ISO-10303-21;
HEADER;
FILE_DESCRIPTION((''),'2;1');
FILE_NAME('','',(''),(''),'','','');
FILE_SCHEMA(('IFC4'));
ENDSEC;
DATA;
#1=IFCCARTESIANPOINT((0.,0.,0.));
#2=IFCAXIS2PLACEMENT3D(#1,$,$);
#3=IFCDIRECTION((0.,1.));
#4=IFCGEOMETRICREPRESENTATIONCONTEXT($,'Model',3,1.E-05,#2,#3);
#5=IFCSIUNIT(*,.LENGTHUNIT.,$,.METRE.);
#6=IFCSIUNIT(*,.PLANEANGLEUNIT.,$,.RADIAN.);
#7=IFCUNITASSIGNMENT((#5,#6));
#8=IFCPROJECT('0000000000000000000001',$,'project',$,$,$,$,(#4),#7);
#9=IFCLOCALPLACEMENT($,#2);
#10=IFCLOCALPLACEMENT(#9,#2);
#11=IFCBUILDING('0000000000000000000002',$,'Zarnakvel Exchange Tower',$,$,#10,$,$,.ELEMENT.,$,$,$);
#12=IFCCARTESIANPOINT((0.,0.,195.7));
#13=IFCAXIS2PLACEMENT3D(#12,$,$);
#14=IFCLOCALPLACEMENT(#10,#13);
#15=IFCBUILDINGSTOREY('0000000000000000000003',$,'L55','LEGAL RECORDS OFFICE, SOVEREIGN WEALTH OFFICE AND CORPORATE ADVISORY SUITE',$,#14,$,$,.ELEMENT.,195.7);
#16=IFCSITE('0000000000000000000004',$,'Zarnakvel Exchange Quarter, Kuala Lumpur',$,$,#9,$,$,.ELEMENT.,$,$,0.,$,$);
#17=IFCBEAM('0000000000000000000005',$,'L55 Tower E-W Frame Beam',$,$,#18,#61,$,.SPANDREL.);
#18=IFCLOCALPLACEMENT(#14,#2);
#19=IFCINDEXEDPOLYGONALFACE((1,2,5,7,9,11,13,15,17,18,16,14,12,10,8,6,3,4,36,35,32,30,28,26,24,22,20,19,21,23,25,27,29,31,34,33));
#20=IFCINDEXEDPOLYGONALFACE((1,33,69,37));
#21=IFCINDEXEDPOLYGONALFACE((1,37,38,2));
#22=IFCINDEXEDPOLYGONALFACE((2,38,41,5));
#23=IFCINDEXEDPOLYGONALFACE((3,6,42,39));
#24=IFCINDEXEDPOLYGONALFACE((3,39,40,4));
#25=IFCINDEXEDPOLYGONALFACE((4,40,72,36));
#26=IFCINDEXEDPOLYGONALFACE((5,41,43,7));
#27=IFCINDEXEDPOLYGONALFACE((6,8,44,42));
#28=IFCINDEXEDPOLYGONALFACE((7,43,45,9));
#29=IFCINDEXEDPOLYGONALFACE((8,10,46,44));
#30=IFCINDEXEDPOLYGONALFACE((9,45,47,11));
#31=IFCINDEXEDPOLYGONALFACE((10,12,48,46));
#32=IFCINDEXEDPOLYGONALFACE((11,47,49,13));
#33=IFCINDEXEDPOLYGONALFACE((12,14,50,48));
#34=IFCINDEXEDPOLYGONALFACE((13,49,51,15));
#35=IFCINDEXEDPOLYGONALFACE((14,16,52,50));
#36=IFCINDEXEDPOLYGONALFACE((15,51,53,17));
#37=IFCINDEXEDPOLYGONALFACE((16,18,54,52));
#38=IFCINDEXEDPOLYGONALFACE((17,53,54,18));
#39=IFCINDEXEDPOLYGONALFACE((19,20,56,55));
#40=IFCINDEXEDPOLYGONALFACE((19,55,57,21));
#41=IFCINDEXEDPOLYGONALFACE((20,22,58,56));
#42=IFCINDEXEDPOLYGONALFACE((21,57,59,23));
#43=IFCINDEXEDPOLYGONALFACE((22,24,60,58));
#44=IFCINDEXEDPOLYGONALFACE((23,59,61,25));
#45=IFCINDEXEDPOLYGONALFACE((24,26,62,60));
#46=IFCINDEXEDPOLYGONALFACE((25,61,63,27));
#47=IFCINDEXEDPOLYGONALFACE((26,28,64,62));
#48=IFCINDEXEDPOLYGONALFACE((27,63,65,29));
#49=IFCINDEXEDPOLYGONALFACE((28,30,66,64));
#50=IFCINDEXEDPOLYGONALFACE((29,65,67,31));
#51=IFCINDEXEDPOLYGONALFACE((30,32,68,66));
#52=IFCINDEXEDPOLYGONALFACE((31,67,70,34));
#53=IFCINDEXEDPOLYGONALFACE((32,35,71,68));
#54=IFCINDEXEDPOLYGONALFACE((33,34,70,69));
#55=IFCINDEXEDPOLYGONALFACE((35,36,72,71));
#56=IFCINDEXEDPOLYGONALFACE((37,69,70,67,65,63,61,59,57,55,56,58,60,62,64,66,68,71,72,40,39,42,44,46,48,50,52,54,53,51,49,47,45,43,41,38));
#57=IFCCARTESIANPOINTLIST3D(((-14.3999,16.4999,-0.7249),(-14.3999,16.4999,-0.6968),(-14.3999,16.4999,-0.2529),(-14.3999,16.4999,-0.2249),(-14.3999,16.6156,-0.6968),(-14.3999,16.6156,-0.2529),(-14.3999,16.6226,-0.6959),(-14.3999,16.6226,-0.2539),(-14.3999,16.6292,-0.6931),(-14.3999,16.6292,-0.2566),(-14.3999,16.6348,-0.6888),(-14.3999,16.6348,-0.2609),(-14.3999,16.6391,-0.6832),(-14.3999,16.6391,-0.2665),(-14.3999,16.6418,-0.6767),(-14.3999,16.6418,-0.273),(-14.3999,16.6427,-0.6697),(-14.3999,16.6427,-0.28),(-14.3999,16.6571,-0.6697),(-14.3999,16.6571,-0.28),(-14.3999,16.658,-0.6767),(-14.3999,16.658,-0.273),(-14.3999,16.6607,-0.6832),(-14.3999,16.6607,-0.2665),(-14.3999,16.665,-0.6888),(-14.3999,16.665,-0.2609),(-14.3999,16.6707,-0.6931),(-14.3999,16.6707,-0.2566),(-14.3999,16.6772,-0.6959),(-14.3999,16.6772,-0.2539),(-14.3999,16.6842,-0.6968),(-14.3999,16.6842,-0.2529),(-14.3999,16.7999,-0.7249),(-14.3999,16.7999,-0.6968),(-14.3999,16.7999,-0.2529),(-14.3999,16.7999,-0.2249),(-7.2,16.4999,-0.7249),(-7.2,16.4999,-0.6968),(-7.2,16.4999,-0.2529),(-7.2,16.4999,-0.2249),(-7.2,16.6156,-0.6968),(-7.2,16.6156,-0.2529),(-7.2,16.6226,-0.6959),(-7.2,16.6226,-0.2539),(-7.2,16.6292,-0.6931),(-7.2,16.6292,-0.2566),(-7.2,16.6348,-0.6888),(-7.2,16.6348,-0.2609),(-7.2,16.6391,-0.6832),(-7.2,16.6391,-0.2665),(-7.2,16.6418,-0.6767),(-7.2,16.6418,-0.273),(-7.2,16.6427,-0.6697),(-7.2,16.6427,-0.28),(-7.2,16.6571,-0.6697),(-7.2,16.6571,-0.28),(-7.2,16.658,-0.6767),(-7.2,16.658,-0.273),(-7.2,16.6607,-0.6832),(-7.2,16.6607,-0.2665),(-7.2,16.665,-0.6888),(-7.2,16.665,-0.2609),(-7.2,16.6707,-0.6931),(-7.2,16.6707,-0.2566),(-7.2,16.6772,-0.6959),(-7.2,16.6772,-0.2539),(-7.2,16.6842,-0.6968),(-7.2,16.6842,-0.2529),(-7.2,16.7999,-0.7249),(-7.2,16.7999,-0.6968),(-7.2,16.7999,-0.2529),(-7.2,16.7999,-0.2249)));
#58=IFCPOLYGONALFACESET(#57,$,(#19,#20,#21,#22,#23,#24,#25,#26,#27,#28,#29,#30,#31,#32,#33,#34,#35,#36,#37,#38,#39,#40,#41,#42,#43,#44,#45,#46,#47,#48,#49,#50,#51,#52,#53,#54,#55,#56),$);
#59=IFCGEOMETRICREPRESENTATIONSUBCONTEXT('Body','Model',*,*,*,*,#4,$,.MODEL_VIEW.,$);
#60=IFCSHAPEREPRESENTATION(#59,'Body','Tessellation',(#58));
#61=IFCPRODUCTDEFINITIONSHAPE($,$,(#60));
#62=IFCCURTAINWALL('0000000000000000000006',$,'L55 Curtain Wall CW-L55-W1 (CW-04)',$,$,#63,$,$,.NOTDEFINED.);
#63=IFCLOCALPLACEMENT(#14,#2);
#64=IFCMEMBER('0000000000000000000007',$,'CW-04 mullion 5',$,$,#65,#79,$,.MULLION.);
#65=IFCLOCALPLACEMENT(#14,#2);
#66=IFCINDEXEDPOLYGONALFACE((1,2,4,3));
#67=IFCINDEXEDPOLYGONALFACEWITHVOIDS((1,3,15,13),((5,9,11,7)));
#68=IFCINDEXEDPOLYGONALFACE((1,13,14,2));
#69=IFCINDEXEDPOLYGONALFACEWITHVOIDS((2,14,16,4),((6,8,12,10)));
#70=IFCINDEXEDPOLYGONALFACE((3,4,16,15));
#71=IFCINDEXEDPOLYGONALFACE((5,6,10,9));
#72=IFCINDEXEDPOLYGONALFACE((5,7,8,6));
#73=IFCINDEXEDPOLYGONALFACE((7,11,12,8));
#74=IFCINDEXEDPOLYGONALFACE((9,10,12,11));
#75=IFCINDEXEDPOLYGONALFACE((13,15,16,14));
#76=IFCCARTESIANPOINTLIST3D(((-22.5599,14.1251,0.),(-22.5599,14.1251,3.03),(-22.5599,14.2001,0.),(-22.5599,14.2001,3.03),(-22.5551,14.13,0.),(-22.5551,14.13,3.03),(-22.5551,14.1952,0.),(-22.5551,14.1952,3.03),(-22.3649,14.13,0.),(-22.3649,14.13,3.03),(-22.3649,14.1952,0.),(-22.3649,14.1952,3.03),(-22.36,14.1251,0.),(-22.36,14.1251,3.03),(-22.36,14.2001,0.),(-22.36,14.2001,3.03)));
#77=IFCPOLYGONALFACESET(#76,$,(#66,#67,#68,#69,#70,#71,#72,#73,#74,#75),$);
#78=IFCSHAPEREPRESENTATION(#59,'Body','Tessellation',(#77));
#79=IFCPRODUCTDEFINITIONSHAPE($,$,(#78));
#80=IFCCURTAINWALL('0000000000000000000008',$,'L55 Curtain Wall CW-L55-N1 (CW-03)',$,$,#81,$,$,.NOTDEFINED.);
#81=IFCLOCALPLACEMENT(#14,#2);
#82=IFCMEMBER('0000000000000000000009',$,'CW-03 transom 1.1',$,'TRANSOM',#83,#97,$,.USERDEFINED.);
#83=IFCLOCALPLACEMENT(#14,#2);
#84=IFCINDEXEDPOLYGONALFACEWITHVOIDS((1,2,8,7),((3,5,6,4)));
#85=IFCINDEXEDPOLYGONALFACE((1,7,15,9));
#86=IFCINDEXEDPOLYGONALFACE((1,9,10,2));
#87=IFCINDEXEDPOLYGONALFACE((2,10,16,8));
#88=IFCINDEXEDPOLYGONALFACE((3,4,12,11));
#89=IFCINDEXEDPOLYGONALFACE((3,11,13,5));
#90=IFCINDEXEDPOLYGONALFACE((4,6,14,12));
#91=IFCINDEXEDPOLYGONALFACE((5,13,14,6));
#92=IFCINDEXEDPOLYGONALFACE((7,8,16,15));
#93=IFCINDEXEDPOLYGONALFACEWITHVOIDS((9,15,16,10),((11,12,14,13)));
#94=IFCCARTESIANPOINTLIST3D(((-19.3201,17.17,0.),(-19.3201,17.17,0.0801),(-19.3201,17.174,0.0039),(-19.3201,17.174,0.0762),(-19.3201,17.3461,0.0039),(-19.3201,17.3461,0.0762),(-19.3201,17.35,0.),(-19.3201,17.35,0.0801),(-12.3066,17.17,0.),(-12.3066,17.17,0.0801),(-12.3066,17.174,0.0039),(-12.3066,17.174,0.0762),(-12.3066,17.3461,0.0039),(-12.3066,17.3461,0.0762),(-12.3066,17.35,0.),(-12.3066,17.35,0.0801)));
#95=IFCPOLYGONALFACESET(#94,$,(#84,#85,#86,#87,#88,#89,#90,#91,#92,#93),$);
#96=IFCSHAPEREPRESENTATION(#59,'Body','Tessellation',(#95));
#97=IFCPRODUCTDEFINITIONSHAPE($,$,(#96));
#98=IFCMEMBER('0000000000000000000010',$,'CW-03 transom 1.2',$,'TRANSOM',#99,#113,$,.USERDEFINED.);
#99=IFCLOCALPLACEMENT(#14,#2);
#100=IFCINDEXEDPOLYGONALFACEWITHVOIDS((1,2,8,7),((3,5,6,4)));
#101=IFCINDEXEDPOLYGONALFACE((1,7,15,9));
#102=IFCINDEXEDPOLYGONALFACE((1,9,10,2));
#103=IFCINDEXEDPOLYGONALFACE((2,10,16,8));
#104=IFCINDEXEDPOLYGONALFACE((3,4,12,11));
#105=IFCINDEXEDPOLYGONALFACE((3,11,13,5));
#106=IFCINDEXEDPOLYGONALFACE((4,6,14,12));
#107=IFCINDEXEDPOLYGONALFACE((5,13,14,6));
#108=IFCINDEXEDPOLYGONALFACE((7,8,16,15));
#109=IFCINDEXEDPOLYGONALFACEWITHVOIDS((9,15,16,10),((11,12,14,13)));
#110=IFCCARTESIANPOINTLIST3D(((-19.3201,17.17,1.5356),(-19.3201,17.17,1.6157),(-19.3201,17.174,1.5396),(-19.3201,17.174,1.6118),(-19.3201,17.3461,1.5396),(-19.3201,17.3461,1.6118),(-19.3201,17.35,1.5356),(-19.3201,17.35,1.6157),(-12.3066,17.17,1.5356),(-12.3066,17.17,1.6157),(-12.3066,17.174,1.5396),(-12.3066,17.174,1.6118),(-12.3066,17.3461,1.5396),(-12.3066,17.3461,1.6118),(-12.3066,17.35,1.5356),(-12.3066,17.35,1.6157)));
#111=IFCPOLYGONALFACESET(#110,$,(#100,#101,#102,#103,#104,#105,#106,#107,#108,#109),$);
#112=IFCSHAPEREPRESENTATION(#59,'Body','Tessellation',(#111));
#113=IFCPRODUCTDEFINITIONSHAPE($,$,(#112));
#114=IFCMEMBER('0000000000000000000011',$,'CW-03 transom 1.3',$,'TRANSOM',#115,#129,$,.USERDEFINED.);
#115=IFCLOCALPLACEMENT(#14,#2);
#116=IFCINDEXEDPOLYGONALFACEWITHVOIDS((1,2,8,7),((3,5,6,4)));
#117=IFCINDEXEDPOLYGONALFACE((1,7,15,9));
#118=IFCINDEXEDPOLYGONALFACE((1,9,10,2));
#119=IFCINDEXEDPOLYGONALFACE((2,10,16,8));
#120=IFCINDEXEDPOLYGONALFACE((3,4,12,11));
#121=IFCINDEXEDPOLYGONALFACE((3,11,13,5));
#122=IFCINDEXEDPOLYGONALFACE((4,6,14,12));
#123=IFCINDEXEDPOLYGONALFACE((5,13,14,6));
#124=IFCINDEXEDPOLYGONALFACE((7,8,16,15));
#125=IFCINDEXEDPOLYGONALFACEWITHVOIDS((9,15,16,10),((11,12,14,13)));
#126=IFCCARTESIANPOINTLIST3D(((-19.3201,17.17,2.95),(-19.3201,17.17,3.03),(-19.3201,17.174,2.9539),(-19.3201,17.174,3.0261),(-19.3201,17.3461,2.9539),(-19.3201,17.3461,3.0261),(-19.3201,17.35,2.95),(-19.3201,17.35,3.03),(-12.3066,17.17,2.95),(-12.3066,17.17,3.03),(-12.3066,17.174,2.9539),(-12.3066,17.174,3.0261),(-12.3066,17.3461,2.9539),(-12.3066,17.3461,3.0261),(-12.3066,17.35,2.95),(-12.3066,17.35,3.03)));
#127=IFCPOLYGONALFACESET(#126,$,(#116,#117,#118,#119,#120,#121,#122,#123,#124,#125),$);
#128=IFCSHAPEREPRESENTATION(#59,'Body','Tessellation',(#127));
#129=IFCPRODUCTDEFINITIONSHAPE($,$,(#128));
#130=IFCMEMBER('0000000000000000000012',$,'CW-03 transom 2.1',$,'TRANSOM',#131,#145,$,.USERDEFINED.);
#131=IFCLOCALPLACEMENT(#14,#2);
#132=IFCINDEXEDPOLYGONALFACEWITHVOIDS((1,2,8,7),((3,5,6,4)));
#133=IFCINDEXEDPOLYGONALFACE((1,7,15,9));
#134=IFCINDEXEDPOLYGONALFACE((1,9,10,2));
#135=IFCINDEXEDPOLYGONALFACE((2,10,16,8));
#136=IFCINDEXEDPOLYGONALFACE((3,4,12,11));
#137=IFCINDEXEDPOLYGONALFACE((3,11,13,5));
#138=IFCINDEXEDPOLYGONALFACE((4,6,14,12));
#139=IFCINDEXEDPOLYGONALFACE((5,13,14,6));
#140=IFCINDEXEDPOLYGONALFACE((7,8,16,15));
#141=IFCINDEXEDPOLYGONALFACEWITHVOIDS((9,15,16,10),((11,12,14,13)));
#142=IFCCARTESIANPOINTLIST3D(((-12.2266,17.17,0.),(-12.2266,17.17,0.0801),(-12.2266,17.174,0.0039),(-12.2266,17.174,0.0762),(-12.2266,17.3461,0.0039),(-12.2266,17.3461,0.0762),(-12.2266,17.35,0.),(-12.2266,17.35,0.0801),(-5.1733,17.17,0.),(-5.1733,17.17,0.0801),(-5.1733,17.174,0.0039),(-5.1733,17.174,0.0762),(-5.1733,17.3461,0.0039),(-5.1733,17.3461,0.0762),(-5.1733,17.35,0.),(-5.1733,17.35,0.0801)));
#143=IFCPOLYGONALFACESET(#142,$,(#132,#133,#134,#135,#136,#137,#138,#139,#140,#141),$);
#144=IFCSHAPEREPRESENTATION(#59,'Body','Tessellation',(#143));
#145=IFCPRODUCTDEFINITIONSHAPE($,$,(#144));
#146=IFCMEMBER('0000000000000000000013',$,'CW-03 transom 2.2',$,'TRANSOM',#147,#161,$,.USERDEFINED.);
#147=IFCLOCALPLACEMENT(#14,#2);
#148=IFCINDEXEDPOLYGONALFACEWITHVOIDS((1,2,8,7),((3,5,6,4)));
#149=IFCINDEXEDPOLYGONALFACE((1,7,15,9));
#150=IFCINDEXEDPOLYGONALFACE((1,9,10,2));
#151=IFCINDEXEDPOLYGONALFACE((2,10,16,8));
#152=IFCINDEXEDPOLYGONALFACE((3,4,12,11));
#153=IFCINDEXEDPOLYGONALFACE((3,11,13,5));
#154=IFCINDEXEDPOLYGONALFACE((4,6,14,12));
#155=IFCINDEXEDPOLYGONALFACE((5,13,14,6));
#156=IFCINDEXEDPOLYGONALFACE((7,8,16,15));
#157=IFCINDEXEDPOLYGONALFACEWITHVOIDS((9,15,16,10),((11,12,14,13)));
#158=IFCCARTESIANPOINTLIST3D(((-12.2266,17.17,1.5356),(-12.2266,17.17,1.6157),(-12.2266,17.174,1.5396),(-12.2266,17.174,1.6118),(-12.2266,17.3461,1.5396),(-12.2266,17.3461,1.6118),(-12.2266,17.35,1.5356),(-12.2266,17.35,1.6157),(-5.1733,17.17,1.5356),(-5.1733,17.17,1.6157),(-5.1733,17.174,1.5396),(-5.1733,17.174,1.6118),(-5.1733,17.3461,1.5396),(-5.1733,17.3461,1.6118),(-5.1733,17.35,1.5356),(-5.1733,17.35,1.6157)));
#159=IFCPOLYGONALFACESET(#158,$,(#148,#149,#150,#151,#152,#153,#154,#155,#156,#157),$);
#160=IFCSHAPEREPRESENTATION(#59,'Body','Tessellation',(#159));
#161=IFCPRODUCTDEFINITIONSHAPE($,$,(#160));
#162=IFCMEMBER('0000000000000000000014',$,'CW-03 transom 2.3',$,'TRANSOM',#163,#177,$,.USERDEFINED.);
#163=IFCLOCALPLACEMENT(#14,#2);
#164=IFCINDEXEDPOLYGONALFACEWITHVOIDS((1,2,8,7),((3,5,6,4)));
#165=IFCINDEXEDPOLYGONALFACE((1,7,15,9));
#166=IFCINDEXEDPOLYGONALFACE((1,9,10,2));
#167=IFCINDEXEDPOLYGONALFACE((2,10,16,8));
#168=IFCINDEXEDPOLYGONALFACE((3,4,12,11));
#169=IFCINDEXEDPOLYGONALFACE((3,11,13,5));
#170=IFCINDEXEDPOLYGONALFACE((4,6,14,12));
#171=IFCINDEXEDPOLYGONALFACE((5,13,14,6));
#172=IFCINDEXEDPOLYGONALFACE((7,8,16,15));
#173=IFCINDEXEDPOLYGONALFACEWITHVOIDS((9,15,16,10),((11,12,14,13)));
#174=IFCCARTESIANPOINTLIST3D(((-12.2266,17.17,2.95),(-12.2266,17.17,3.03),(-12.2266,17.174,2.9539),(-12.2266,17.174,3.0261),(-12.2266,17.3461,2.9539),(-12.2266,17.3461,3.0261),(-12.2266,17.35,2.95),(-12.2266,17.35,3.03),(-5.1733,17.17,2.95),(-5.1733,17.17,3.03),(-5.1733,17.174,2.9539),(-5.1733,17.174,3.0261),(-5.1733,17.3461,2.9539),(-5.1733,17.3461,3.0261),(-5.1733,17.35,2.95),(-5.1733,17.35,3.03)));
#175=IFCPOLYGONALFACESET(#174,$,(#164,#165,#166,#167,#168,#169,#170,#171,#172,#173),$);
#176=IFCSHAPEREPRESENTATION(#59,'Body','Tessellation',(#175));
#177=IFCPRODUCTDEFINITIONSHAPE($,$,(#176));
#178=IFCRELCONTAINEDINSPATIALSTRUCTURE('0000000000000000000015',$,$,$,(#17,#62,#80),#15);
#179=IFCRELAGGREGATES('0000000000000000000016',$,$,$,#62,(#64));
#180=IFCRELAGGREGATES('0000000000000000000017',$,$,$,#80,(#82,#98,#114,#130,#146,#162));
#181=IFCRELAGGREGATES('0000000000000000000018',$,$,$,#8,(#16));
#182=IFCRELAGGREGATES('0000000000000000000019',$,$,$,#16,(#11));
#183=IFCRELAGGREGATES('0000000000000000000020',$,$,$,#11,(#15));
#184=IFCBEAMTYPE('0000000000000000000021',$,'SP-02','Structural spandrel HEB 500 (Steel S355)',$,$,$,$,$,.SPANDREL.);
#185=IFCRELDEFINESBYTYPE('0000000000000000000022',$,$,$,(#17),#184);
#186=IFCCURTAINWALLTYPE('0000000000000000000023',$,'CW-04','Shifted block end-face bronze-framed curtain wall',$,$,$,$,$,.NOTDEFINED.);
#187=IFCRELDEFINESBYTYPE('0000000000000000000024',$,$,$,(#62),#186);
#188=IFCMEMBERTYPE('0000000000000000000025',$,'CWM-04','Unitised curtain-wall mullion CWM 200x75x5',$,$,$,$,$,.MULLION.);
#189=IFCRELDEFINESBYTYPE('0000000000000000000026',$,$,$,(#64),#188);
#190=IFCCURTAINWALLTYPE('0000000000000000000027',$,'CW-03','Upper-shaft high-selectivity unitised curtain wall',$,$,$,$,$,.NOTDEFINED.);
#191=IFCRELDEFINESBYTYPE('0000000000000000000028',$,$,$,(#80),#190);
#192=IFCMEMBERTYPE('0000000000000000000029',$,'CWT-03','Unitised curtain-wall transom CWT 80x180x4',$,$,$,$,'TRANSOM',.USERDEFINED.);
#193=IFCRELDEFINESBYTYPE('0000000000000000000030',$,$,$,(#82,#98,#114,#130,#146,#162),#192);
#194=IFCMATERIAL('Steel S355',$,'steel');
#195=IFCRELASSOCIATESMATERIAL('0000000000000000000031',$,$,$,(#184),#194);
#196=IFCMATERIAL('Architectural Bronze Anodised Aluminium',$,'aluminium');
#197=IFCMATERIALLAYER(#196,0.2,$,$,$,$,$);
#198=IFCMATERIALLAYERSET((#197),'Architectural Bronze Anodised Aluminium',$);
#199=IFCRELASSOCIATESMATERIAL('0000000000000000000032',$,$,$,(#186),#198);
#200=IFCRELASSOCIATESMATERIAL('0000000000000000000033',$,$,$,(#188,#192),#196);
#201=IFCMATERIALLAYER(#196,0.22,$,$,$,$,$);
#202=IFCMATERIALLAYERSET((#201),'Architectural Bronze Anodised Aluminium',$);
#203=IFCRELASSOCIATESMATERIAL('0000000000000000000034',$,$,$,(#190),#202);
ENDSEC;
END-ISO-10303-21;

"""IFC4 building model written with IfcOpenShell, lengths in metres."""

from ifc_helpers import new_model, si_unit, direction, frame, origin, origin_2d, place, context, subcontext, project, spatial, hollow_rectangle, i_section, extrude, source, transform, mapped, material, layer, layer_set, material_profile, profile_set, type_object, element, aggregate, save


model = new_model("IFC4")

# Units and contexts
model_context = context("Model", 3, precision=1e-05, world=origin(), true_north=direction((0.0, 1.0)))
body_context = subcontext(model_context, "Body", "Model", "MODEL_VIEW")
ifc_project = project(units=[si_unit("LENGTHUNIT", "METRE"), si_unit("PLANEANGLEUNIT", "RADIAN")], contexts=[model_context])

# Site, building, storey
site_placement = place(None, origin())
site = spatial("IfcSite", under=ifc_project, at=site_placement, Name="Zarnakvel Exchange Quarter, Kuala Lumpur", CompositionType="ELEMENT", RefElevation=0.0)
building_placement = place(site_placement, origin())
building = spatial("IfcBuilding", under=site, at=building_placement, Name="Zarnakvel Exchange Tower", CompositionType="ELEMENT")
storey_placement = place(building_placement, frame((0.0, 0.0, 195.7)))
storey = spatial("IfcBuildingStorey", under=building, at=storey_placement, Name="L55", Description="LEGAL RECORDS OFFICE, SOVEREIGN WEALTH OFFICE AND CORPORATE ADVISORY SUITE", CompositionType="ELEMENT", Elevation=195.7)

# Shared definitions
ifc_material_1 = material(Name="Steel S355", Category="steel")

# Beam
ifc_material_profile_1 = material_profile(ifc_material_1, i_section(OverallWidth=0.3, OverallDepth=0.5, WebThickness=0.0144, FlangeThickness=0.0281, FilletRadius=0.0271, at=origin_2d()))
ifc_profile_set_1 = profile_set([ifc_material_profile_1], Name="Steel S355")
beam_type_1 = type_object("IfcBeamType", Name="SP-02", Description="Structural spandrel HEB 500 (Steel S355)", PredefinedType="SPANDREL", material=ifc_profile_set_1)
beam_1_placement = place(storey_placement, frame((-14.3999, 16.6499, -0.4749), z_axis=(1.0, 0.0, 0.0), x_axis=(0.0, 1.0, 0.0)))
element("IfcBeam", 1, at=beam_1_placement, inside=storey, type_object=beam_type_1, Name="L55 Tower E-W Frame Beam", PredefinedType="SPANDREL", context=body_context, shape_type="SweptSolid", body=[
    extrude(i_section(OverallWidth=0.3, OverallDepth=0.5, WebThickness=0.0144, FlangeThickness=0.0281, FilletRadius=0.0271, at=origin_2d()), origin(), (0.0, 0.0, 1.0), 7.2),
])

# Curtain wall, member
ifc_material_2 = material(Name="Architectural Bronze Anodised Aluminium", Category="aluminium")
ifc_layer_1 = layer(ifc_material_2, 0.2)
ifc_layer_set_1 = layer_set([ifc_layer_1], Name="Architectural Bronze Anodised Aluminium")
curtain_wall_type_1 = type_object("IfcCurtainWallType", Name="CW-04", Description="Shifted block end-face bronze-framed curtain wall", PredefinedType="NOTDEFINED", material=ifc_layer_set_1)
curtain_wall_1_placement = place(storey_placement, origin())
curtain_wall_1 = element("IfcCurtainWall", 2, at=curtain_wall_1_placement, inside=storey, type_object=curtain_wall_type_1, Name="L55 Curtain Wall CW-L55-W1 (CW-04)", PredefinedType="NOTDEFINED")
ifc_material_profile_2 = material_profile(ifc_material_2, hollow_rectangle(XDim=0.2, YDim=0.075, WallThickness=0.0049, at=origin_2d()))
ifc_profile_set_2 = profile_set([ifc_material_profile_2], Name="Architectural Bronze Anodised Aluminium")
member_type_1 = type_object("IfcMemberType", Name="CWM-04", Description="Unitised curtain-wall mullion CWM 200x75x5", PredefinedType="MULLION", material=ifc_profile_set_2)
shared_shape_1 = source(origin(), body_context, "Body", "SweptSolid", [
    extrude(hollow_rectangle(XDim=0.2, YDim=0.075, WallThickness=0.0049, at=origin_2d()), origin(), (0.0, 0.0, 1.0), 3.03),
])
member_1_placement = place(storey_placement, frame((-22.46, 14.1626, 0.0), z_axis=(0.0, 0.0, 1.0), x_axis=(-1.0, 0.0, 0.0)))
member_1 = element("IfcMember", 3, at=member_1_placement, type_object=member_type_1, Name="CW-04 mullion 5", PredefinedType="MULLION", context=body_context, shape_type="MappedRepresentation", body=[
    mapped(shared_shape_1, transform((0.0, 0.0, 0.0), x_axis=(1.0, 0.0, 0.0), y_axis=(0.0, 1.0, 0.0), z_axis=(0.0, 0.0, 1.0), scale=1.0)),
])
aggregate(curtain_wall_1, [member_1])

# Curtain wall, members
ifc_layer_2 = layer(ifc_material_2, 0.22)
ifc_layer_set_2 = layer_set([ifc_layer_2], Name="Architectural Bronze Anodised Aluminium")
curtain_wall_type_2 = type_object("IfcCurtainWallType", Name="CW-03", Description="Upper-shaft high-selectivity unitised curtain wall", PredefinedType="NOTDEFINED", material=ifc_layer_set_2)
curtain_wall_2_placement = place(storey_placement, origin())
curtain_wall_2 = element("IfcCurtainWall", 4, at=curtain_wall_2_placement, inside=storey, type_object=curtain_wall_type_2, Name="L55 Curtain Wall CW-L55-N1 (CW-03)", PredefinedType="NOTDEFINED")
ifc_material_profile_3 = material_profile(ifc_material_2, hollow_rectangle(XDim=0.1799, YDim=0.0801, WallThickness=0.0039, at=origin_2d()))
ifc_profile_set_3 = profile_set([ifc_material_profile_3], Name="Architectural Bronze Anodised Aluminium")
member_type_2 = type_object("IfcMemberType", Name="CWT-03", Description="Unitised curtain-wall transom CWT 80x180x4", ElementType="TRANSOM", PredefinedType="USERDEFINED", material=ifc_profile_set_3)
shared_shape_2 = source(origin(), body_context, "Body", "SweptSolid", [
    extrude(hollow_rectangle(XDim=0.1799, YDim=0.0801, WallThickness=0.0039, at=origin_2d()), origin(), (0.0, 0.0, 1.0), 7.0134),
])
member_2_placement = place(storey_placement, frame((-19.3201, 17.26, 0.04), z_axis=(1.0, 0.0, 0.0), x_axis=(0.0, 1.0, 0.0)))
member_2 = element("IfcMember", 5, at=member_2_placement, type_object=member_type_2, Name="CW-03 transom 1.1", ObjectType="TRANSOM", PredefinedType="USERDEFINED", context=body_context, shape_type="MappedRepresentation", body=[
    mapped(shared_shape_2, transform((0.0, 0.0, 0.0), x_axis=(1.0, 0.0, 0.0), y_axis=(0.0, 1.0, 0.0), z_axis=(0.0, 0.0, 1.0), scale=1.0)),
])
member_3_placement = place(storey_placement, frame((-19.3201, 17.26, 1.5757), z_axis=(1.0, 0.0, 0.0), x_axis=(0.0, 1.0, 0.0)))
member_3 = element("IfcMember", 6, at=member_3_placement, type_object=member_type_2, Name="CW-03 transom 1.2", ObjectType="TRANSOM", PredefinedType="USERDEFINED", context=body_context, shape_type="MappedRepresentation", body=[
    mapped(shared_shape_2, transform((0.0, 0.0, 0.0), x_axis=(1.0, 0.0, 0.0), y_axis=(0.0, 1.0, 0.0), z_axis=(0.0, 0.0, 1.0), scale=1.0)),
])
member_4_placement = place(storey_placement, frame((-19.3201, 17.26, 2.99), z_axis=(1.0, 0.0, 0.0), x_axis=(0.0, 1.0, 0.0)))
member_4 = element("IfcMember", 7, at=member_4_placement, type_object=member_type_2, Name="CW-03 transom 1.3", ObjectType="TRANSOM", PredefinedType="USERDEFINED", context=body_context, shape_type="MappedRepresentation", body=[
    mapped(shared_shape_2, transform((0.0, 0.0, 0.0), x_axis=(1.0, 0.0, 0.0), y_axis=(0.0, 1.0, 0.0), z_axis=(0.0, 0.0, 1.0), scale=1.0)),
])
shared_shape_3 = source(origin(), body_context, "Body", "SweptSolid", [
    extrude(hollow_rectangle(XDim=0.1799, YDim=0.0801, WallThickness=0.0039, at=origin_2d()), origin(), (0.0, 0.0, 1.0), 7.0532),
])
member_5_placement = place(storey_placement, frame((-12.2266, 17.26, 0.04), z_axis=(1.0, 0.0, 0.0), x_axis=(0.0, 1.0, 0.0)))
member_5 = element("IfcMember", 8, at=member_5_placement, type_object=member_type_2, Name="CW-03 transom 2.1", ObjectType="TRANSOM", PredefinedType="USERDEFINED", context=body_context, shape_type="MappedRepresentation", body=[
    mapped(shared_shape_3, transform((0.0, 0.0, 0.0), x_axis=(1.0, 0.0, 0.0), y_axis=(0.0, 1.0, 0.0), z_axis=(0.0, 0.0, 1.0), scale=1.0)),
])
member_6_placement = place(storey_placement, frame((-12.2266, 17.26, 1.5757), z_axis=(1.0, 0.0, 0.0), x_axis=(0.0, 1.0, 0.0)))
member_6 = element("IfcMember", 9, at=member_6_placement, type_object=member_type_2, Name="CW-03 transom 2.2", ObjectType="TRANSOM", PredefinedType="USERDEFINED", context=body_context, shape_type="MappedRepresentation", body=[
    mapped(shared_shape_3, transform((0.0, 0.0, 0.0), x_axis=(1.0, 0.0, 0.0), y_axis=(0.0, 1.0, 0.0), z_axis=(0.0, 0.0, 1.0), scale=1.0)),
])
member_7_placement = place(storey_placement, frame((-12.2266, 17.26, 2.99), z_axis=(1.0, 0.0, 0.0), x_axis=(0.0, 1.0, 0.0)))
member_7 = element("IfcMember", 10, at=member_7_placement, type_object=member_type_2, Name="CW-03 transom 2.3", ObjectType="TRANSOM", PredefinedType="USERDEFINED", context=body_context, shape_type="MappedRepresentation", body=[
    mapped(shared_shape_3, transform((0.0, 0.0, 0.0), x_axis=(1.0, 0.0, 0.0), y_axis=(0.0, 1.0, 0.0), z_axis=(0.0, 0.0, 1.0), scale=1.0)),
])
aggregate(curtain_wall_2, [member_2, member_3, member_4, member_5, member_6, member_7])

save(model, "model.ifc")
